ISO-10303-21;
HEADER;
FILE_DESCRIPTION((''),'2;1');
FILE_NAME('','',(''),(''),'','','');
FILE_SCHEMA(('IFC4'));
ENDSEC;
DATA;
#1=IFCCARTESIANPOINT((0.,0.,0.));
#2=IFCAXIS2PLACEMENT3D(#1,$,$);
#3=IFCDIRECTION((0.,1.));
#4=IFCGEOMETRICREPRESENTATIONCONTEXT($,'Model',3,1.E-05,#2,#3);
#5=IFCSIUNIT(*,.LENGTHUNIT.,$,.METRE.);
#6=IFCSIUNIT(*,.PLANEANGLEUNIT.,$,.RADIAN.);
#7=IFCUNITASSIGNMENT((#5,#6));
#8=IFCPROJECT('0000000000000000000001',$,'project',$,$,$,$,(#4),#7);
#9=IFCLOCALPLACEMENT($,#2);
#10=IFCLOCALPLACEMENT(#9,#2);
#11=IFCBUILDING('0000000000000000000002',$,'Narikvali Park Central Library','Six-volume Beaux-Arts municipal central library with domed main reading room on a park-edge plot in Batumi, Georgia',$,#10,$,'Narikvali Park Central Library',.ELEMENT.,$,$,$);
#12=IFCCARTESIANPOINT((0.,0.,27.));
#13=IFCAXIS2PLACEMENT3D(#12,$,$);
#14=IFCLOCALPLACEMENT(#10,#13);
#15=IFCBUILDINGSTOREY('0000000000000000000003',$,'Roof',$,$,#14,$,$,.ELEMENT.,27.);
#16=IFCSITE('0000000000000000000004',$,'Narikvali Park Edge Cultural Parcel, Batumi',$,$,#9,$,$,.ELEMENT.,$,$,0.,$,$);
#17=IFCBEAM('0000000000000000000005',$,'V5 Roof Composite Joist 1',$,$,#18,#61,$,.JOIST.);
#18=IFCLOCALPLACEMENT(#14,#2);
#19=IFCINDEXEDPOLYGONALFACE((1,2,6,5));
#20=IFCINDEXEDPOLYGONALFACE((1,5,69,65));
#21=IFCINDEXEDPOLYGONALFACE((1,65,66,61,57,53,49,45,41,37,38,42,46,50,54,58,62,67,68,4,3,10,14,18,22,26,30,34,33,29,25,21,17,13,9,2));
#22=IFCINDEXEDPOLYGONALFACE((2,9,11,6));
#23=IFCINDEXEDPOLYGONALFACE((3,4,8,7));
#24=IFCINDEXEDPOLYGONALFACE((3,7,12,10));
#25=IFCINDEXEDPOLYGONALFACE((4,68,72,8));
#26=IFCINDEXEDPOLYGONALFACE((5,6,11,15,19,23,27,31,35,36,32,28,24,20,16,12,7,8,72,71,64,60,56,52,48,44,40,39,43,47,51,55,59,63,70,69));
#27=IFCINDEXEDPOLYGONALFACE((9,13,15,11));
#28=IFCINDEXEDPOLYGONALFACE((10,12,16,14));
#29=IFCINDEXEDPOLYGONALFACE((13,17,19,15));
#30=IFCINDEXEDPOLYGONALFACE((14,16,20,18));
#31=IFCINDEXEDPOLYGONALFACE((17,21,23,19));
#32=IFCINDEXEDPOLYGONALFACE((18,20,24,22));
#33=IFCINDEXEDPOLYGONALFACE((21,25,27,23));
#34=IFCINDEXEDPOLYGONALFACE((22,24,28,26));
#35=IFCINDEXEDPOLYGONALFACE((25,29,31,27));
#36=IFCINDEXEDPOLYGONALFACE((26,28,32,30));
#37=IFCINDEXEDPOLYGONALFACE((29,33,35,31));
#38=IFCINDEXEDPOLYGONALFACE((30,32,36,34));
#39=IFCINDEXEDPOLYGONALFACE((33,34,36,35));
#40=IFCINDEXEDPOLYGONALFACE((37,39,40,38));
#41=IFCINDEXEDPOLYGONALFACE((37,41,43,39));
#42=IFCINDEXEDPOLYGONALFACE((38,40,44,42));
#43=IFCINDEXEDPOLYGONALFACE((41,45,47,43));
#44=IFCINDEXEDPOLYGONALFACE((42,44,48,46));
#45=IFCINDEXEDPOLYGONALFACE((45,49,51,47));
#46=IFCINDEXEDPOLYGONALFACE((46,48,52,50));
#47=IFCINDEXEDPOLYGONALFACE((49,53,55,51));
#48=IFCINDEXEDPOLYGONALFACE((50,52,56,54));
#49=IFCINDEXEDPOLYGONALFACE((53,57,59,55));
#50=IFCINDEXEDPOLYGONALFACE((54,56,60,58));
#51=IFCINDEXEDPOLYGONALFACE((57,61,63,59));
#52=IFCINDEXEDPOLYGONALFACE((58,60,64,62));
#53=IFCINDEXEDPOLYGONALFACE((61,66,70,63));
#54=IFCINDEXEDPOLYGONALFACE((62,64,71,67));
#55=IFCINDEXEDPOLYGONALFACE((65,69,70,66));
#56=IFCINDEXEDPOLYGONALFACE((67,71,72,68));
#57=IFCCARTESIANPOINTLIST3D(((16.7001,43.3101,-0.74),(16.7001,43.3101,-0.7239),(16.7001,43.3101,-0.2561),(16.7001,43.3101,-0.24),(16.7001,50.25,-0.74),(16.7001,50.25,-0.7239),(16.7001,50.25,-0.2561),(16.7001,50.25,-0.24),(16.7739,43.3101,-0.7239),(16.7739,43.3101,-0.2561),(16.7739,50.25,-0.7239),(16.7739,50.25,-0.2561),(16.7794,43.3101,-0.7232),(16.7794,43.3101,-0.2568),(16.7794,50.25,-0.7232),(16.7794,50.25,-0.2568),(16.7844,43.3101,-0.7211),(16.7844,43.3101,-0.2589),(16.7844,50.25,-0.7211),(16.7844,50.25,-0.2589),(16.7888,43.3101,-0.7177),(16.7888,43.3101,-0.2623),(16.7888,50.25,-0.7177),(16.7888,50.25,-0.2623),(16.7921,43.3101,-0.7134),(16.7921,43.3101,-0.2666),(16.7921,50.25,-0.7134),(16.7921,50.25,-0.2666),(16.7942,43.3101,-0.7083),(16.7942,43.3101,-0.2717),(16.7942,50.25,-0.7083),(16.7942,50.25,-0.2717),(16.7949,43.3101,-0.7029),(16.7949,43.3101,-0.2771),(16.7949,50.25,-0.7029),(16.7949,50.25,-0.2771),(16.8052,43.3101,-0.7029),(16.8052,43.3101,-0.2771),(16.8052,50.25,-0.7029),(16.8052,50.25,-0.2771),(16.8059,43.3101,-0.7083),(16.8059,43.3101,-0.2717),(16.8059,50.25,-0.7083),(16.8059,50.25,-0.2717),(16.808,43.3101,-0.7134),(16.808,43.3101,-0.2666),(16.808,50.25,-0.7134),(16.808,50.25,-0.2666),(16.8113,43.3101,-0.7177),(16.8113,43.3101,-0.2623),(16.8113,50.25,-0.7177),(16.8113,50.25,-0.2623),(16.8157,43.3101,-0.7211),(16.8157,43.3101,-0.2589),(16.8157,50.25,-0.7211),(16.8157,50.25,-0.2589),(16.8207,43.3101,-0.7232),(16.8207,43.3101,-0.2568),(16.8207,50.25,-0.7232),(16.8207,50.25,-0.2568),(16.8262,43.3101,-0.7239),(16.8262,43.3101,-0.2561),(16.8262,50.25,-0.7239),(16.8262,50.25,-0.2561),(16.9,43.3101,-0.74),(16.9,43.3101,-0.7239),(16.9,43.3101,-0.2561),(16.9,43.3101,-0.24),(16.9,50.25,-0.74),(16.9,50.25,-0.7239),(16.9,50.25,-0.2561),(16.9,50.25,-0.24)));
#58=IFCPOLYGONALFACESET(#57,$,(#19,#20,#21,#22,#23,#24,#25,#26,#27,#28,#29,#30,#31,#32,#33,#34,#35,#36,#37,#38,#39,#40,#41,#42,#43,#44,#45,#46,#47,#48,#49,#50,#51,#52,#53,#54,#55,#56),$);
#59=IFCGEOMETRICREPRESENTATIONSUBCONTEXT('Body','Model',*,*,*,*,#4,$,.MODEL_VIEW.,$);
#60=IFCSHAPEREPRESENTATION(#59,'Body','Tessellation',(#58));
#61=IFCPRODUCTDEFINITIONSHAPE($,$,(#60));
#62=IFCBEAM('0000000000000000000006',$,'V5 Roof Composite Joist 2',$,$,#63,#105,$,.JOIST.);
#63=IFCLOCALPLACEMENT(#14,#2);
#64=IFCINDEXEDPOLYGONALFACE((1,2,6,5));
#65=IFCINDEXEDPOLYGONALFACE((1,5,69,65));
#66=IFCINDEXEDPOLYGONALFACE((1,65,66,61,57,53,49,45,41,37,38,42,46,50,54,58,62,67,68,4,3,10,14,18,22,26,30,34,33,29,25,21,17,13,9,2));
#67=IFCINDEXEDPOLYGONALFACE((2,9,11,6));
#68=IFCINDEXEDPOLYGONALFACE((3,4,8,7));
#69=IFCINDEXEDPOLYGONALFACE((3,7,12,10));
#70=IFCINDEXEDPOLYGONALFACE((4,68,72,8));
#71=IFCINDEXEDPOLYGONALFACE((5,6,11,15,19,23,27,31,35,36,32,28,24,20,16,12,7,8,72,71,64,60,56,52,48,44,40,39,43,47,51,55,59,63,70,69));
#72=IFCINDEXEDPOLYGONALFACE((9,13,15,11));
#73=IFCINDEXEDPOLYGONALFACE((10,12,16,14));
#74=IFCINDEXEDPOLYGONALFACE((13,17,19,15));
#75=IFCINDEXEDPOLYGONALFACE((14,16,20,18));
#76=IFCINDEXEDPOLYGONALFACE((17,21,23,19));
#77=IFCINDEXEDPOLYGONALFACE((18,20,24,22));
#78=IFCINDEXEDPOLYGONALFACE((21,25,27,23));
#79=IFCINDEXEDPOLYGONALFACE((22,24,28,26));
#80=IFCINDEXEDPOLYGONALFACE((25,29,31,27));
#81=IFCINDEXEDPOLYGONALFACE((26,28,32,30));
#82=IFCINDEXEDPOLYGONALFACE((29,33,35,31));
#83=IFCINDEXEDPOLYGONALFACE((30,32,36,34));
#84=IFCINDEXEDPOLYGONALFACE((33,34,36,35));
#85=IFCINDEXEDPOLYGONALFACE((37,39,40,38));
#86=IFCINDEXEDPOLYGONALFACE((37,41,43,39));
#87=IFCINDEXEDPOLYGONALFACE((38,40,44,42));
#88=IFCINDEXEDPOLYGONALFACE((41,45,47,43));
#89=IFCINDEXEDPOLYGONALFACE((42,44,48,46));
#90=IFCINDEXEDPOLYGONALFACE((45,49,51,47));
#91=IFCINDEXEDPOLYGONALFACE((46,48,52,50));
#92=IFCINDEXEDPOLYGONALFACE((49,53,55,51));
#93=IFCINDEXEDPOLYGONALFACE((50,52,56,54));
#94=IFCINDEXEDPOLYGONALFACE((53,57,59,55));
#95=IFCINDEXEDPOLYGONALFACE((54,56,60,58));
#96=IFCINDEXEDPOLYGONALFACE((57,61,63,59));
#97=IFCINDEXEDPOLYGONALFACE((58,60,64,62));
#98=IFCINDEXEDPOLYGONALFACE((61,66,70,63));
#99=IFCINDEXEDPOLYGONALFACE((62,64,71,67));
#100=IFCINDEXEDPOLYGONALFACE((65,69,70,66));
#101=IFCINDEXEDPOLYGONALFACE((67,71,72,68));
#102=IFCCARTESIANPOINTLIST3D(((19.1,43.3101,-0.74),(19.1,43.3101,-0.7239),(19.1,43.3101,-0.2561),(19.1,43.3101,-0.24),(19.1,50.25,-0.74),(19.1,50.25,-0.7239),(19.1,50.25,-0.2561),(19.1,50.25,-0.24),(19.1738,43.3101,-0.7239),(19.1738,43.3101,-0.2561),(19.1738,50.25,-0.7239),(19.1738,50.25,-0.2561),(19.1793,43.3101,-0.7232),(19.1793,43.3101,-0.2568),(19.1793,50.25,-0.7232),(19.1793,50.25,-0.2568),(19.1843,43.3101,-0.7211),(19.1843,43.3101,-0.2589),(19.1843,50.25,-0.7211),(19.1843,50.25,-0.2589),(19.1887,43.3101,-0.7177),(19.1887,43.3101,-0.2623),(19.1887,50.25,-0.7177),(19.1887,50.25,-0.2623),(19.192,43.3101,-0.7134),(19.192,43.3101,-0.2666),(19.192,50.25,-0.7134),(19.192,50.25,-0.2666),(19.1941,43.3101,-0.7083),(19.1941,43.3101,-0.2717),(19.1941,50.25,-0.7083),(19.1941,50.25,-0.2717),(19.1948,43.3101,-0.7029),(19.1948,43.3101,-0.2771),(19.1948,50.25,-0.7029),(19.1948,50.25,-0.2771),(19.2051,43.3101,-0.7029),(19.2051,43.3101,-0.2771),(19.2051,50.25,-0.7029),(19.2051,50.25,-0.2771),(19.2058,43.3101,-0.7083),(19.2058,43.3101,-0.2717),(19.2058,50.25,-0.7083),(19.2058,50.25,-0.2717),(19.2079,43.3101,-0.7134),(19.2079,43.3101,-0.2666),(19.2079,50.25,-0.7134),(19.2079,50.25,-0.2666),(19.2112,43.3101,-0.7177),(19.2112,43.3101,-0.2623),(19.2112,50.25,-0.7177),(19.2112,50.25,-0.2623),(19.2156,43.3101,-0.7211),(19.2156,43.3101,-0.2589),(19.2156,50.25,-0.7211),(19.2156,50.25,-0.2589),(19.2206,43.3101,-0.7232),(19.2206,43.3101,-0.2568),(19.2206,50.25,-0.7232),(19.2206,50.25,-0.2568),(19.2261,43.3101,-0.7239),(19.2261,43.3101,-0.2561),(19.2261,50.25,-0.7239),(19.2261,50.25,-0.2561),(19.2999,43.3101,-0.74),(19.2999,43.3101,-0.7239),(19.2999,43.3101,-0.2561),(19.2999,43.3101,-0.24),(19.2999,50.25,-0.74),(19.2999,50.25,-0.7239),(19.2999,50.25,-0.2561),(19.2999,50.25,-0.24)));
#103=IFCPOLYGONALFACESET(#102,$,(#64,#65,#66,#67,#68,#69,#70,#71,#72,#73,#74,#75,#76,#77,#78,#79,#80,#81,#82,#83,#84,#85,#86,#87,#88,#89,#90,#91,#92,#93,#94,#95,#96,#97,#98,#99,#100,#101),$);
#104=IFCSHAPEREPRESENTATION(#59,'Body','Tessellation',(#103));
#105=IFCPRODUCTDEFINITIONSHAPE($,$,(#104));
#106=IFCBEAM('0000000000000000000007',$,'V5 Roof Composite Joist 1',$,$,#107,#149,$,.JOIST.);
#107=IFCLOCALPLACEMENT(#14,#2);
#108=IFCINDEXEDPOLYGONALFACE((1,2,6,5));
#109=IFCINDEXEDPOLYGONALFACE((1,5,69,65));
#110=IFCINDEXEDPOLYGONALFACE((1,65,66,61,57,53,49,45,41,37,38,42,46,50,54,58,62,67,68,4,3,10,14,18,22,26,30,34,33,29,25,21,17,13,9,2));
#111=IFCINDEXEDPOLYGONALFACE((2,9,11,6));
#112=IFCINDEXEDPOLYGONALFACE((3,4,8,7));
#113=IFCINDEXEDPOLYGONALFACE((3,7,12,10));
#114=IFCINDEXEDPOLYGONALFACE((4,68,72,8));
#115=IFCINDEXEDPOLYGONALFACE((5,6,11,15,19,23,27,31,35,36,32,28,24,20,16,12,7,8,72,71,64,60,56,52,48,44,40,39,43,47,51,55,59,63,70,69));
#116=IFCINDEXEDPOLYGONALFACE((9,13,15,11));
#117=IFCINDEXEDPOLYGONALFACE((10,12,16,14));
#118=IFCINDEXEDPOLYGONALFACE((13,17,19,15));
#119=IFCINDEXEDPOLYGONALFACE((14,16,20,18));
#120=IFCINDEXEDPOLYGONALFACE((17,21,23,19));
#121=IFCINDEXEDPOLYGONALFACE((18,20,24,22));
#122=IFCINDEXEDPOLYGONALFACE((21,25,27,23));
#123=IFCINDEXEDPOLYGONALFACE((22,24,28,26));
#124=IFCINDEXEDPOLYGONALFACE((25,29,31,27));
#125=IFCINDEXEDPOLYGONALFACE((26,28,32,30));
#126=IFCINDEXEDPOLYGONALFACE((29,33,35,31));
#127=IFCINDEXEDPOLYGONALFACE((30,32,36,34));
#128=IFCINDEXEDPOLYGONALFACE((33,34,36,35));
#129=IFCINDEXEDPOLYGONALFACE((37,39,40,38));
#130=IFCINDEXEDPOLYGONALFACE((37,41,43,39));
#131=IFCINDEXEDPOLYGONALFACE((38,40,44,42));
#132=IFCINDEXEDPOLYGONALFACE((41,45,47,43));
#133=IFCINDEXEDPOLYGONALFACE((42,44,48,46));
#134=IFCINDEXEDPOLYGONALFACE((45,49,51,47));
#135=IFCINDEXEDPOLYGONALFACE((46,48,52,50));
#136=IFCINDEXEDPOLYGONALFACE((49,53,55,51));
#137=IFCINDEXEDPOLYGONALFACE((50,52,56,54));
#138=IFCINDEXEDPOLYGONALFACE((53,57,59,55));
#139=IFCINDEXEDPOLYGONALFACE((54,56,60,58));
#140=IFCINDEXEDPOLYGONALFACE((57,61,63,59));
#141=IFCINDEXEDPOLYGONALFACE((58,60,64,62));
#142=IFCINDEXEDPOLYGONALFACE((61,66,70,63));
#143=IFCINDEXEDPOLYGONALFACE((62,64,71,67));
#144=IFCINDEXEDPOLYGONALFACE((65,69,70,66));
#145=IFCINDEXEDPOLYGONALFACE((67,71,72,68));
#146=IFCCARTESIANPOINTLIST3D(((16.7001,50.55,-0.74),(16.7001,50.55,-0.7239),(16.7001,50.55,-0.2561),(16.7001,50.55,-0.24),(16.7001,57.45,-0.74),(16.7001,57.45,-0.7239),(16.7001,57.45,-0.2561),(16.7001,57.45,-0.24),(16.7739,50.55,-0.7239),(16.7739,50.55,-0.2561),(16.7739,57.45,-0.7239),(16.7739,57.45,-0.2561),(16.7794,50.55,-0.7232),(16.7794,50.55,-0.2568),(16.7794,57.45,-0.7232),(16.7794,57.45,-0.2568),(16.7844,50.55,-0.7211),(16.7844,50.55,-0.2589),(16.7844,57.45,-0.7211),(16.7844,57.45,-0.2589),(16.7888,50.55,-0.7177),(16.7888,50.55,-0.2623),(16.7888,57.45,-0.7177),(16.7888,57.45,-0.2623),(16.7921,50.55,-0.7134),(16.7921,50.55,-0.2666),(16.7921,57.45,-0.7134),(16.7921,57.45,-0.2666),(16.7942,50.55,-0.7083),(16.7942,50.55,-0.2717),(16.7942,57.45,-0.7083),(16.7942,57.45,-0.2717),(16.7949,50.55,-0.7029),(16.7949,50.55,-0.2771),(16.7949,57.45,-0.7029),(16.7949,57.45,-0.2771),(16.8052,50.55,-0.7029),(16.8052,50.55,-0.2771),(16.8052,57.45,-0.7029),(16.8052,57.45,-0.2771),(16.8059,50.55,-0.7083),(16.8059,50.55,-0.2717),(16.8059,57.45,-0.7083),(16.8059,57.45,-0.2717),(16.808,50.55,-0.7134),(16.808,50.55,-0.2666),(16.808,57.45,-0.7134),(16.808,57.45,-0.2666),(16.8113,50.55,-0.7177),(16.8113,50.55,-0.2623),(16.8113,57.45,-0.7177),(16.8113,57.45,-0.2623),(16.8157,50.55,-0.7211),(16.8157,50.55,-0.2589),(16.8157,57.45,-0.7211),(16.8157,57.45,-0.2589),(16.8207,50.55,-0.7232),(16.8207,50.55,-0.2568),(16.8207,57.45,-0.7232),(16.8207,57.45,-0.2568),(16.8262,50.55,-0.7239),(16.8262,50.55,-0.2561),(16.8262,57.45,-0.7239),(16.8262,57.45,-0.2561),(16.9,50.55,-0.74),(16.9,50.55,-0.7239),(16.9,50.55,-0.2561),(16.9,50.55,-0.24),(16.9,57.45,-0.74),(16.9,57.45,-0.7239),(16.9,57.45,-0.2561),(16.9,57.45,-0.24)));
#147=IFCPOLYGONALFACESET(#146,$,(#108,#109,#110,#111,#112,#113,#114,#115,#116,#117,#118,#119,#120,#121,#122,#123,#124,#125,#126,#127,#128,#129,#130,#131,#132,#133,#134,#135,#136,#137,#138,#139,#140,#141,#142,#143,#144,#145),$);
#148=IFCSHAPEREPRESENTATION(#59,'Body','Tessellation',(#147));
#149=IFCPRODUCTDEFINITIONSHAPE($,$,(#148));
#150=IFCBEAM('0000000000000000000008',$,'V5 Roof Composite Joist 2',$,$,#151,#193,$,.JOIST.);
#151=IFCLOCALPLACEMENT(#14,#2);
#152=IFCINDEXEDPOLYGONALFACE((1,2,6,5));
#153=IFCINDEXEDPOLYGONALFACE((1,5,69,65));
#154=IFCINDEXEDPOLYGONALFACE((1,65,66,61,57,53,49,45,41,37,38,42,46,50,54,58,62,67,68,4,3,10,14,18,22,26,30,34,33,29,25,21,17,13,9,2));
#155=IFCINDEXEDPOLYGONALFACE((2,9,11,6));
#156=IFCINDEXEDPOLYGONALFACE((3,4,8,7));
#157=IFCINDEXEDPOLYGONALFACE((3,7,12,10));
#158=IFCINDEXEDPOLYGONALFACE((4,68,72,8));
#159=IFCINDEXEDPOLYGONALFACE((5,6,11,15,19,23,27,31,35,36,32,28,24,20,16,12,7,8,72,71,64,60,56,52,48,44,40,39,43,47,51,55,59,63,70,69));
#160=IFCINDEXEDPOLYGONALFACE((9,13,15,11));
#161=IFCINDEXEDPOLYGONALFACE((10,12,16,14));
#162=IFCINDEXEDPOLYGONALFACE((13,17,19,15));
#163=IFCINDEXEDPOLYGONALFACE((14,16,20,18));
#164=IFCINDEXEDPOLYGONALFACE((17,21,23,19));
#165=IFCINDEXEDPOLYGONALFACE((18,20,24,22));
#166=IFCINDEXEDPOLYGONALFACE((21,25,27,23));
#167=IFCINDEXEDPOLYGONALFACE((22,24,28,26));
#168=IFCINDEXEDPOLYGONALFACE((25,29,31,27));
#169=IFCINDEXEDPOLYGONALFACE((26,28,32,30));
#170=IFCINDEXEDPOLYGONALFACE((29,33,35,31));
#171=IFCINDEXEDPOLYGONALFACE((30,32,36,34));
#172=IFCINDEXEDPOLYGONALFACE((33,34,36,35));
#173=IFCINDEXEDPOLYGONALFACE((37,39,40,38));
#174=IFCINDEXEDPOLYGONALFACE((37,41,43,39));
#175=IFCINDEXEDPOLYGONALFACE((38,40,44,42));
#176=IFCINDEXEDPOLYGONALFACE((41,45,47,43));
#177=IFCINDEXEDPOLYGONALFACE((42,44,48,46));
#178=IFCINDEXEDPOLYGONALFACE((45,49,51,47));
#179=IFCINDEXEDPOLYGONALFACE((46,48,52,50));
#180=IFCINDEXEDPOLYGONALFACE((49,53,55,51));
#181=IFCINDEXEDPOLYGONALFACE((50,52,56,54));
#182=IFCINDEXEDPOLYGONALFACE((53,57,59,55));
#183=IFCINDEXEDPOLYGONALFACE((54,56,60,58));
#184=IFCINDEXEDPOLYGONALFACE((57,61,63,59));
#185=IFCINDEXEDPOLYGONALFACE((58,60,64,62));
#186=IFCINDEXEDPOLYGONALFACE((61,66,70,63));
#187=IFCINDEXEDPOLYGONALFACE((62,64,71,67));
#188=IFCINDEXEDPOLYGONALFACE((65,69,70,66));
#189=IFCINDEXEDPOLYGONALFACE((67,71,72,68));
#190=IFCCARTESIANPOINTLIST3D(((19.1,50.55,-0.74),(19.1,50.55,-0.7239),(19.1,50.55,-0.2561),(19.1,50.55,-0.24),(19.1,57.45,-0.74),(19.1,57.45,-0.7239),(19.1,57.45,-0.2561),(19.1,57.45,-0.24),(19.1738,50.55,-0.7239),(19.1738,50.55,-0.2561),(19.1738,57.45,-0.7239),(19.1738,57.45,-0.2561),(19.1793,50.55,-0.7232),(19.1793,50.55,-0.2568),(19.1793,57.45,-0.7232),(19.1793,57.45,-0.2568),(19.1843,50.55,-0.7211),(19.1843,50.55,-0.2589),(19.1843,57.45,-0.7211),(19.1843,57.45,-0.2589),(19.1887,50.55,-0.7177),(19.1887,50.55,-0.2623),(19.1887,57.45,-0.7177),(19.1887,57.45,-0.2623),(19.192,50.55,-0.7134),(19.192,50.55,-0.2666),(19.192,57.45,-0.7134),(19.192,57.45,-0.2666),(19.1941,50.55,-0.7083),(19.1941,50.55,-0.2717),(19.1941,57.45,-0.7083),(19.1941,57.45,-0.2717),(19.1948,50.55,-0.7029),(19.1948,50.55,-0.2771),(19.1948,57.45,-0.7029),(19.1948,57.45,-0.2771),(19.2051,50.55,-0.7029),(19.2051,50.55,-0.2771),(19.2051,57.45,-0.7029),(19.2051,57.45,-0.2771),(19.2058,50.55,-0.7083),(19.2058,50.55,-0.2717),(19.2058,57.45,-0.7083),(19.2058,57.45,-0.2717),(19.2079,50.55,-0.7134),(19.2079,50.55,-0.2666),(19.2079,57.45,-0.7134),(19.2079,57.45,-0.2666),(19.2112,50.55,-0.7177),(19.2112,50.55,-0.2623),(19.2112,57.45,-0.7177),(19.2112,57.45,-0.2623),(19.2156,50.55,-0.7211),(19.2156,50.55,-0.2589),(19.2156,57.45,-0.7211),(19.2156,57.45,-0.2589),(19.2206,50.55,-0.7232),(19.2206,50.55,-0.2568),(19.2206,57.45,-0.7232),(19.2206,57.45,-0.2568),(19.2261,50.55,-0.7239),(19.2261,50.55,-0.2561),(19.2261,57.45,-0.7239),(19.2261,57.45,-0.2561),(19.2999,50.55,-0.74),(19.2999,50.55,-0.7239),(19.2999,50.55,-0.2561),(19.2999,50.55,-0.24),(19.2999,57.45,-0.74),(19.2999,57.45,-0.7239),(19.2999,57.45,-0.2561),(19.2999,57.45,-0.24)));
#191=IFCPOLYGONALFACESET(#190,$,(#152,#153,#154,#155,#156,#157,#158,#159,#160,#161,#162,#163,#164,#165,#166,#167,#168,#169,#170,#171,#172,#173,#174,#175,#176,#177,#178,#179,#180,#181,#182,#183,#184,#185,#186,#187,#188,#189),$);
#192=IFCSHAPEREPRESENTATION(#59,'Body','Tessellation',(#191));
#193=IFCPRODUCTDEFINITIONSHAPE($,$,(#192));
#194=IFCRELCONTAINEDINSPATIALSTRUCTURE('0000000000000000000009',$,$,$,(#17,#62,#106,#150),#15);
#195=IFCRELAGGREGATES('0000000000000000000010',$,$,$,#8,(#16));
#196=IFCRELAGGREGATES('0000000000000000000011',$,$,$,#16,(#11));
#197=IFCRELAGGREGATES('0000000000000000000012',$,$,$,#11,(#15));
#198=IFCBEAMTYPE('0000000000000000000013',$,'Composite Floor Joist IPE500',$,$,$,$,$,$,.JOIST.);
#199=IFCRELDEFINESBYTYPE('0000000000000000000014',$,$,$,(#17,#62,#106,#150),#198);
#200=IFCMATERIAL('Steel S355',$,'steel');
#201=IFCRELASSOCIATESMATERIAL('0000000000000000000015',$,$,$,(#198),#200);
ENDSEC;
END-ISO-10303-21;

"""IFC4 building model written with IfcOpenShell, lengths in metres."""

from ifc_helpers import new_model, si_unit, direction, frame, origin, origin_2d, place, context, subcontext, project, spatial, i_section, extrude, material, material_profile, profile_set, type_object, element, save


model = new_model("IFC4")

# Units and contexts
model_context = context("Model", 3, precision=1e-05, world=origin(), true_north=direction((0.0, 1.0)))
body_context = subcontext(model_context, "Body", "Model", "MODEL_VIEW")
ifc_project = project(units=[si_unit("LENGTHUNIT", "METRE"), si_unit("PLANEANGLEUNIT", "RADIAN")], contexts=[model_context])

# Site, building, storey
site_placement = place(None, origin())
site = spatial("IfcSite", under=ifc_project, at=site_placement, Name="Narikvali Park Edge Cultural Parcel, Batumi", CompositionType="ELEMENT", RefElevation=0.0)
building_placement = place(site_placement, origin())
building = spatial("IfcBuilding", under=site, at=building_placement, Name="Narikvali Park Central Library", Description="Six-volume Beaux-Arts municipal central library with domed main reading room on a park-edge plot in Batumi, Georgia", LongName="Narikvali Park Central Library", CompositionType="ELEMENT")
storey_placement = place(building_placement, frame((0.0, 0.0, 27.0)))
storey = spatial("IfcBuildingStorey", under=building, at=storey_placement, Name="Roof", CompositionType="ELEMENT", Elevation=27.0)

# Beams
ifc_material_1 = material(Name="Steel S355", Category="steel")
ifc_material_profile_1 = material_profile(ifc_material_1, i_section(OverallWidth=0.2, OverallDepth=0.5, WebThickness=0.0103, FlangeThickness=0.0161, FilletRadius=0.021, at=origin_2d()), Name="IPE 500")
ifc_profile_set_1 = profile_set([ifc_material_profile_1], Name="Steel S355")
beam_type_1 = type_object("IfcBeamType", Name="Composite Floor Joist IPE500", PredefinedType="JOIST", material=ifc_profile_set_1)
for number, where, z_axis, x_axis, name in (
    (1, (16.8, 43.3101, -0.49), (0.0, 1.0, 0.0), (-1.0, 0.0, 0.0), "V5 Roof Composite Joist 1"),
    (2, (19.2, 43.3101, -0.49), (0.0, 1.0, 0.0), (-1.0, 0.0, 0.0), "V5 Roof Composite Joist 2"),
):
    element("IfcBeam", number, at=place(storey_placement, frame(where, z_axis=z_axis, x_axis=x_axis)), inside=storey, type_object=beam_type_1, Name=name, PredefinedType="JOIST", context=body_context, shape_type="SweptSolid", body=[
        extrude(i_section(OverallWidth=0.2, OverallDepth=0.5, WebThickness=0.0103, FlangeThickness=0.0161, FilletRadius=0.021, at=origin_2d()), origin(), (0.0, 0.0, 1.0), 6.9399),
    ])
for number, where, z_axis, x_axis, name in (
    (3, (16.8, 50.55, -0.49), (0.0, 1.0, 0.0), (-1.0, 0.0, 0.0), "V5 Roof Composite Joist 1"),
    (4, (19.2, 50.55, -0.49), (0.0, 1.0, 0.0), (-1.0, 0.0, 0.0), "V5 Roof Composite Joist 2"),
):
    element("IfcBeam", number, at=place(storey_placement, frame(where, z_axis=z_axis, x_axis=x_axis)), inside=storey, type_object=beam_type_1, Name=name, PredefinedType="JOIST", context=body_context, shape_type="SweptSolid", body=[
        extrude(i_section(OverallWidth=0.2, OverallDepth=0.5, WebThickness=0.0103, FlangeThickness=0.0161, FilletRadius=0.021, at=origin_2d()), origin(), (0.0, 0.0, 1.0), 6.8999),
    ])

save(model, "model.ifc")
